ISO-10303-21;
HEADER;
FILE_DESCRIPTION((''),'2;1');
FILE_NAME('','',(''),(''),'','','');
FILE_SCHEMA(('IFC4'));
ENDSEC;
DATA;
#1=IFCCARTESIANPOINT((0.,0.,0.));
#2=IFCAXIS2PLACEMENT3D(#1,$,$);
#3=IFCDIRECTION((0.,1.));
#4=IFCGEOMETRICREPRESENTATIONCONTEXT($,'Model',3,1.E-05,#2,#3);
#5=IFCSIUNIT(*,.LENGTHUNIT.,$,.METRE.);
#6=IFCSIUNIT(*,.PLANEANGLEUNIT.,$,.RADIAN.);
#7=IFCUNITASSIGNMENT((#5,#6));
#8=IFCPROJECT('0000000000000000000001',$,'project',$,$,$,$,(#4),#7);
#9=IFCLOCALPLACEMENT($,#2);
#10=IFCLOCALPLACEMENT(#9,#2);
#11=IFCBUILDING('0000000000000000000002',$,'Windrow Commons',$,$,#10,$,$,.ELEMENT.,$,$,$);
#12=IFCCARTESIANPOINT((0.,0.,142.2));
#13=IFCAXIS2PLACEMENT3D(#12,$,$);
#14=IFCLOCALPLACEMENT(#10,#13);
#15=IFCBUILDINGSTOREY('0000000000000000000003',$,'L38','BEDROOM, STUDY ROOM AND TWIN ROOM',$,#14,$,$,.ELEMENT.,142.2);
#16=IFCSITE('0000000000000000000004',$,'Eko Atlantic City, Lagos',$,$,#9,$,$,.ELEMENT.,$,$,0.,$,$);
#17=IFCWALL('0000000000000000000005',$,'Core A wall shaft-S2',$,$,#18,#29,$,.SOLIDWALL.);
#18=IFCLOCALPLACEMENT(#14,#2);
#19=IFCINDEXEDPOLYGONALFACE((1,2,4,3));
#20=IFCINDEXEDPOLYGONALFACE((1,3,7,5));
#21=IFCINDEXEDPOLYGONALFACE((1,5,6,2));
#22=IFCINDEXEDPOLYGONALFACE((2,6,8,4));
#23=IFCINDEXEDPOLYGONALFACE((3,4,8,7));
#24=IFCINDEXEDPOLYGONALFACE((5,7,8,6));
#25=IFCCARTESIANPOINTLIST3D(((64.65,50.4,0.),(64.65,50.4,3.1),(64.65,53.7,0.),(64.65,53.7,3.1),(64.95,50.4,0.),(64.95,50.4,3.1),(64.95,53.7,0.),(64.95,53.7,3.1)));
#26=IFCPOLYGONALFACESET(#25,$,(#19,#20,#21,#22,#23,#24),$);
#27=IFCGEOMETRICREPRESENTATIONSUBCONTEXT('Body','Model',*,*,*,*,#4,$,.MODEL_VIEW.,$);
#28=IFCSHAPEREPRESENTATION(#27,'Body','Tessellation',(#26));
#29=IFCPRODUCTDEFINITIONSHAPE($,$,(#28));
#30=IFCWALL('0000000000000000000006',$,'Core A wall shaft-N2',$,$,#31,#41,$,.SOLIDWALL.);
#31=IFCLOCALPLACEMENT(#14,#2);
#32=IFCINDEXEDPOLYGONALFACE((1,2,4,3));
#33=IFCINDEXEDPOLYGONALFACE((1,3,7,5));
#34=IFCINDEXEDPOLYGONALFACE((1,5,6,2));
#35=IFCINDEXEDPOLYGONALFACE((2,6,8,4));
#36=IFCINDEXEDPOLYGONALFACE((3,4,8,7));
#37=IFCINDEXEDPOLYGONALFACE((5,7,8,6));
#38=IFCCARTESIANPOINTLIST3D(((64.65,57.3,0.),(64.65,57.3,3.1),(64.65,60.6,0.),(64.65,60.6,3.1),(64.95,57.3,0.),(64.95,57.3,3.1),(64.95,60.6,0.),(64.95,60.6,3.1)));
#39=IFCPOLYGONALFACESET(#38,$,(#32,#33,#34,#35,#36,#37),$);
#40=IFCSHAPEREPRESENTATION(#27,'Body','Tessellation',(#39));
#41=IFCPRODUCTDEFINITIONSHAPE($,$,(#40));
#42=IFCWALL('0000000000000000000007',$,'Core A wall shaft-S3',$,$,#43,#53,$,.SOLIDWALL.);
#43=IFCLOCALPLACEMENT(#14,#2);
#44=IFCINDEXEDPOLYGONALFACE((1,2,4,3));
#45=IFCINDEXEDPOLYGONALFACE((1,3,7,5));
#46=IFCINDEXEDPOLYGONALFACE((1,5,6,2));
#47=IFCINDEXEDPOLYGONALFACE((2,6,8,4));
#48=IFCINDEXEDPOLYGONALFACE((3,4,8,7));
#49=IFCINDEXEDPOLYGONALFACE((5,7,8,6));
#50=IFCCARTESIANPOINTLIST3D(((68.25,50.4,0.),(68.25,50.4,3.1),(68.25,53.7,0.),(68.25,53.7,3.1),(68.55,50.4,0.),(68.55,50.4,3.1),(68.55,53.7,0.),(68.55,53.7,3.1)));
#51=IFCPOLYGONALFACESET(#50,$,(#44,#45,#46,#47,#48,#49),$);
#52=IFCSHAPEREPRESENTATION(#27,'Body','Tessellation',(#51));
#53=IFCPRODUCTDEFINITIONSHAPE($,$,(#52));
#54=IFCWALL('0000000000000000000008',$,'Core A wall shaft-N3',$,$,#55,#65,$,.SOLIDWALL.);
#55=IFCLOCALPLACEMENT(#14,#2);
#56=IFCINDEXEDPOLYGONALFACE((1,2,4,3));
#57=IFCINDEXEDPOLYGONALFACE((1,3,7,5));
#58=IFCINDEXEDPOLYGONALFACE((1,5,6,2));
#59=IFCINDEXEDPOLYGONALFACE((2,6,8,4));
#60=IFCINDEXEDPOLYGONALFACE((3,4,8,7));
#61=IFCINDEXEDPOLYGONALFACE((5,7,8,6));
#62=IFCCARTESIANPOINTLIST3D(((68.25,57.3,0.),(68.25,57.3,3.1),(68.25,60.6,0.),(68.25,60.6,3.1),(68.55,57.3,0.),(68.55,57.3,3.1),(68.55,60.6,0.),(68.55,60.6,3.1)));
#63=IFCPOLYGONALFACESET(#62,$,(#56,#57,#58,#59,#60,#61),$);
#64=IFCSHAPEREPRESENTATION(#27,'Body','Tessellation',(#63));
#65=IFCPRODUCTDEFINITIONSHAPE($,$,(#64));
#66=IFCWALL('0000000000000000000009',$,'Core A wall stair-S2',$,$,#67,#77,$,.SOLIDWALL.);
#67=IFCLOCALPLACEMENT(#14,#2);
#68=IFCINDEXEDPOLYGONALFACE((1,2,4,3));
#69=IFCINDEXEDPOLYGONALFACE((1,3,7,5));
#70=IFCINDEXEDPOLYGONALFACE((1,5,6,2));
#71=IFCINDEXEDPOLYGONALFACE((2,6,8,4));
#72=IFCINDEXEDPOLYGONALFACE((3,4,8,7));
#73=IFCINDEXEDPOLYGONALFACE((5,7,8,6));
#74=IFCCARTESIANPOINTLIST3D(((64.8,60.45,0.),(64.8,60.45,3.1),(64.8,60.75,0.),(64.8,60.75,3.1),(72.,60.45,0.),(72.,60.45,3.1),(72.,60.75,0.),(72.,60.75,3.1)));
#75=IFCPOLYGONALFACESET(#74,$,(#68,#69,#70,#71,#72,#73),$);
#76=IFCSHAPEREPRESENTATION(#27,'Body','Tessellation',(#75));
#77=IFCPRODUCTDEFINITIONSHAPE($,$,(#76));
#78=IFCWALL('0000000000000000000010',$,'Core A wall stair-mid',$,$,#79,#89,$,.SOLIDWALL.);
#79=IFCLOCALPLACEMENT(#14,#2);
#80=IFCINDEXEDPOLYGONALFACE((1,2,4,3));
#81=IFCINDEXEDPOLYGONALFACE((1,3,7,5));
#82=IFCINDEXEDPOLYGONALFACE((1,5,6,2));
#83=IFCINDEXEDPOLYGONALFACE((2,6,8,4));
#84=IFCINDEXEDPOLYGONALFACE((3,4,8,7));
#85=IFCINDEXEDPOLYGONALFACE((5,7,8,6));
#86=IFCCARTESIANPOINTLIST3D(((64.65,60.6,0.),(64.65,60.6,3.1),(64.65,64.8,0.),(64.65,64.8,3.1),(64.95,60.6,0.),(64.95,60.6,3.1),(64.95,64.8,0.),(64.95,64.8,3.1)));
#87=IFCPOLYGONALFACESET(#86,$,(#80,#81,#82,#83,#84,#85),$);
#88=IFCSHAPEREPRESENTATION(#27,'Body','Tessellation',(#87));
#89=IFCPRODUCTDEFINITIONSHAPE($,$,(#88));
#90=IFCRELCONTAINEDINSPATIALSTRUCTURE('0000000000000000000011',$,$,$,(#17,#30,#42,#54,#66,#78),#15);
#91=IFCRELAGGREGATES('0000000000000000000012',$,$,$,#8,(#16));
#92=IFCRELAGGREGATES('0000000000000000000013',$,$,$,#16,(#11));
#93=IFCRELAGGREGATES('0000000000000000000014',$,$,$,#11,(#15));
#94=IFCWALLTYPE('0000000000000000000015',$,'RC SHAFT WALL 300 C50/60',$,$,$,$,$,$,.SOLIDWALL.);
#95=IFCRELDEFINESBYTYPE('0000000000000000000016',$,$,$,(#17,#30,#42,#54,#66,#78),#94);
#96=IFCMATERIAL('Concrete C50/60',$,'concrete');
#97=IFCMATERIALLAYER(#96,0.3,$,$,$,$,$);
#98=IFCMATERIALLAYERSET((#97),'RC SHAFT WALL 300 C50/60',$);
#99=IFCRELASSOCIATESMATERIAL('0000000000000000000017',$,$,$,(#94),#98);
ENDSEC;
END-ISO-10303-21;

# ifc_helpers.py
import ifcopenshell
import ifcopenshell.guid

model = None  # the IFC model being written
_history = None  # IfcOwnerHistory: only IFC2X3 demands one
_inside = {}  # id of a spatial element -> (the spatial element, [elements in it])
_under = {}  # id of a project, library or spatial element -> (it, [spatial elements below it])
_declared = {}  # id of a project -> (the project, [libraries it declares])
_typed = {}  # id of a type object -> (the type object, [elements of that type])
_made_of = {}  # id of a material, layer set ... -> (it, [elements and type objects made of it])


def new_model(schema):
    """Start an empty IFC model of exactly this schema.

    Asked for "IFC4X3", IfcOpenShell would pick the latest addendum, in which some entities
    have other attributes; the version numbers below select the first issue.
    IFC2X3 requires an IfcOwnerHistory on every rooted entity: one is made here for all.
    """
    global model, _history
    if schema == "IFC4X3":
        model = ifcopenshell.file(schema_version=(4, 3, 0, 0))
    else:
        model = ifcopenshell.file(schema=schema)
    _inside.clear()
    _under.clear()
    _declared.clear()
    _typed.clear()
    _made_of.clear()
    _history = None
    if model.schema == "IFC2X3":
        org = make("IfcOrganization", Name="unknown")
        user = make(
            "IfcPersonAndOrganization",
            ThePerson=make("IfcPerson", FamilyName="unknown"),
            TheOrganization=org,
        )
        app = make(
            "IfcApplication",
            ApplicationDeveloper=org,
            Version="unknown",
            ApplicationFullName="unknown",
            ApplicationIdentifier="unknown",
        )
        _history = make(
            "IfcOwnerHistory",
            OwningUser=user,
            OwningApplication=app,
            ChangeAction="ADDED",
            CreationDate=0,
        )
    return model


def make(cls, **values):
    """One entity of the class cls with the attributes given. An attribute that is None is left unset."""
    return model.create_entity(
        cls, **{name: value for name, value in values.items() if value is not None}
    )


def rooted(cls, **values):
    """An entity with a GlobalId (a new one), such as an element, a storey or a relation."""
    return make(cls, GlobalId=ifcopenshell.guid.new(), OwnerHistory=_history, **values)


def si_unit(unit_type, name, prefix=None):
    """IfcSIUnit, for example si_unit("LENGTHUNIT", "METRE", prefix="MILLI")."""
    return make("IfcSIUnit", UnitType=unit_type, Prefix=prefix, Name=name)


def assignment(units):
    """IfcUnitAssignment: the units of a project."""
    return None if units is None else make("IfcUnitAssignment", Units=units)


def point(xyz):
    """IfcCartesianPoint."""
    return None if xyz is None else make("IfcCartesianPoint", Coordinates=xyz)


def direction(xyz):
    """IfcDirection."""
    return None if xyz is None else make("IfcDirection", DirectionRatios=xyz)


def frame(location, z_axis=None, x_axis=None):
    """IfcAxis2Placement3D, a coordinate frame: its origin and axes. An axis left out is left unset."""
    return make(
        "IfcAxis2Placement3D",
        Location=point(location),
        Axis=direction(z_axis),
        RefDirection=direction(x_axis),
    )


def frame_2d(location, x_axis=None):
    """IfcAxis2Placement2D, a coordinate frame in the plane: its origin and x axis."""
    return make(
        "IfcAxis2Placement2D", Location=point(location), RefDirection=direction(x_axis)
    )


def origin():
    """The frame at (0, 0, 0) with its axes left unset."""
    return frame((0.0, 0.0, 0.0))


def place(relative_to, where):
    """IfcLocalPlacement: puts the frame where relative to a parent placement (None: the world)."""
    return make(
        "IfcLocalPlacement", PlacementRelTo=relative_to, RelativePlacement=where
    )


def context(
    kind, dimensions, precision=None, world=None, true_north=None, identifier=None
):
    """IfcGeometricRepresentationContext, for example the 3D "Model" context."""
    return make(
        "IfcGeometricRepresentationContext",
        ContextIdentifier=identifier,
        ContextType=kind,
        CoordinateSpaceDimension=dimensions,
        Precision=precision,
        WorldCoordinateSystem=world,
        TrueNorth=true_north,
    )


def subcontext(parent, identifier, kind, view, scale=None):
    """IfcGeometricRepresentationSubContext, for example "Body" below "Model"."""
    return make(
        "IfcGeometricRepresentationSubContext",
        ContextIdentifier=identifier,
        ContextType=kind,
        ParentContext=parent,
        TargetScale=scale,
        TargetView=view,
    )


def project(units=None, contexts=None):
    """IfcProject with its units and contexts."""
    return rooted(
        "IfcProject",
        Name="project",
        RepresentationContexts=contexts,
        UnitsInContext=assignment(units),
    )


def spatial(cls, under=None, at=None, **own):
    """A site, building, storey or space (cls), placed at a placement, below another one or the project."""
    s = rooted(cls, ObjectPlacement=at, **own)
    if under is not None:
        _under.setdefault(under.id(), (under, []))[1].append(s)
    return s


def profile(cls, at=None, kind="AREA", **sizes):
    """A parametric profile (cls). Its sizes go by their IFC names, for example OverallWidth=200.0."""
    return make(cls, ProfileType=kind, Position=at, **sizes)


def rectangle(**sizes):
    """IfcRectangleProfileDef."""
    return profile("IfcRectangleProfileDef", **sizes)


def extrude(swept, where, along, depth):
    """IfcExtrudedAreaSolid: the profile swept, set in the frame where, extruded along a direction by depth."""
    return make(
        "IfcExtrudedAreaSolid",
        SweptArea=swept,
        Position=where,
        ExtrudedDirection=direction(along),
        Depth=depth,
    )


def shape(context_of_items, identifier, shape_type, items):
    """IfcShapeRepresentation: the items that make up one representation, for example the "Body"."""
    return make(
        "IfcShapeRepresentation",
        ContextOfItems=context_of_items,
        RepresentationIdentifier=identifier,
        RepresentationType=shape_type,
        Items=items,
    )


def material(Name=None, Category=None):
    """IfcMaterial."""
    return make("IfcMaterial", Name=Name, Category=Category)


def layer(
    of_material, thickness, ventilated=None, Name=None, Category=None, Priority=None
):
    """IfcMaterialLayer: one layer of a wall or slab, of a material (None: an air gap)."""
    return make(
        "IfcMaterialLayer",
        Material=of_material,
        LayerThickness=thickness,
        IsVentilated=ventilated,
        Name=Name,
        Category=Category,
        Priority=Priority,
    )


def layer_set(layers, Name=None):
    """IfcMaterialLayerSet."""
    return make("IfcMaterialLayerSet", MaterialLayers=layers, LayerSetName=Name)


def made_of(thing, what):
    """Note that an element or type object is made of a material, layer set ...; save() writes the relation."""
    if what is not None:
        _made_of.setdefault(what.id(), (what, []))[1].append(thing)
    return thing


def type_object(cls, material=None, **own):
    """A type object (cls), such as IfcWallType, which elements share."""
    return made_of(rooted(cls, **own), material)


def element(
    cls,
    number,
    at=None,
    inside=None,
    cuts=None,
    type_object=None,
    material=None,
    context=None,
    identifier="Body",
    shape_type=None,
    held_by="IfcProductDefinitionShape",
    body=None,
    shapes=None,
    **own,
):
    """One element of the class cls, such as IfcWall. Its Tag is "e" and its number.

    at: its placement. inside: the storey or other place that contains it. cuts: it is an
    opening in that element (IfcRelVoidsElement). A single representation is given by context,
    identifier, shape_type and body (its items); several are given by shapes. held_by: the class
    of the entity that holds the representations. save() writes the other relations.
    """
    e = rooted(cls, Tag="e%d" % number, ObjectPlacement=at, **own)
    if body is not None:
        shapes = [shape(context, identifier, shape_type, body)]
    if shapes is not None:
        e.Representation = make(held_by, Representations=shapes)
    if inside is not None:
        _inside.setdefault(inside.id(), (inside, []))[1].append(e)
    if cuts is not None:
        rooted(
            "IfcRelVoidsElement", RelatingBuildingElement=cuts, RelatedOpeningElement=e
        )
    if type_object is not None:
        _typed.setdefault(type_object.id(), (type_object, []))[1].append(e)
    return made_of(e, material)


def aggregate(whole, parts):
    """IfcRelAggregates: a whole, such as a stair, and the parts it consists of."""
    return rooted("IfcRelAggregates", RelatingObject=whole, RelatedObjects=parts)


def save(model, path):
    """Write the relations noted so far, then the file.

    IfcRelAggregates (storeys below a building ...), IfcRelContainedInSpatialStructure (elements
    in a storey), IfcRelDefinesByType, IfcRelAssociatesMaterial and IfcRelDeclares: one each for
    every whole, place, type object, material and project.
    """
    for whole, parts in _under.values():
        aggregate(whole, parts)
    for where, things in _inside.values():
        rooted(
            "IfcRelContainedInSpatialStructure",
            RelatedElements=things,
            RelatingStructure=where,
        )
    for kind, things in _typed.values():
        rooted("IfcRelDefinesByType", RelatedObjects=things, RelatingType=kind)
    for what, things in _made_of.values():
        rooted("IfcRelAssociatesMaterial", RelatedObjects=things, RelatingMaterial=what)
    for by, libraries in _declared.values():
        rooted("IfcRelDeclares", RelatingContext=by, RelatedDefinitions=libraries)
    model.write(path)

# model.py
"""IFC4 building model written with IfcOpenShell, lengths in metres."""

from ifc_helpers import new_model, si_unit, direction, frame, frame_2d, origin, place, context, subcontext, project, spatial, rectangle, extrude, material, layer, layer_set, type_object, element, save


model = new_model("IFC4")

# Units and contexts
model_context = context("Model", 3, precision=1e-05, world=origin(), true_north=direction((0.0, 1.0)))
body_context = subcontext(model_context, "Body", "Model", "MODEL_VIEW")
ifc_project = project(units=[si_unit("LENGTHUNIT", "METRE"), si_unit("PLANEANGLEUNIT", "RADIAN")], contexts=[model_context])

# Site, building, storey
site_placement = place(None, origin())
site = spatial("IfcSite", under=ifc_project, at=site_placement, Name="Eko Atlantic City, Lagos", CompositionType="ELEMENT", RefElevation=0.0)
building_placement = place(site_placement, origin())
building = spatial("IfcBuilding", under=site, at=building_placement, Name="Windrow Commons", CompositionType="ELEMENT")
storey_placement = place(building_placement, frame((0.0, 0.0, 142.2)))
storey = spatial("IfcBuildingStorey", under=building, at=storey_placement, Name="L38", Description="BEDROOM, STUDY ROOM AND TWIN ROOM", CompositionType="ELEMENT", Elevation=142.2)

# Walls
ifc_material_1 = material(Name="Concrete C50/60", Category="concrete")
ifc_layer_1 = layer(ifc_material_1, 0.3)
ifc_layer_set_1 = layer_set([ifc_layer_1], Name="RC SHAFT WALL 300 C50/60")
wall_type_1 = type_object("IfcWallType", Name="RC SHAFT WALL 300 C50/60", PredefinedType="SOLIDWALL", material=ifc_layer_set_1)
for number, where, z_axis, x_axis, name in (
    (1, (64.8, 50.4, 0.0), (0.0, 0.0, 1.0), (0.0, 1.0, 0.0), "Core A wall shaft-S2"),
    (2, (64.8, 57.3, 0.0), (0.0, 0.0, 1.0), (0.0, 1.0, 0.0), "Core A wall shaft-N2"),
    (3, (68.4, 50.4, 0.0), (0.0, 0.0, 1.0), (0.0, 1.0, 0.0), "Core A wall shaft-S3"),
    (4, (68.4, 57.3, 0.0), (0.0, 0.0, 1.0), (0.0, 1.0, 0.0), "Core A wall shaft-N3"),
):
    element("IfcWall", number, at=place(storey_placement, frame(where, z_axis=z_axis, x_axis=x_axis)), inside=storey, type_object=wall_type_1, Name=name, PredefinedType="SOLIDWALL", context=body_context, shape_type="SweptSolid", body=[
        extrude(rectangle(XDim=3.3, YDim=0.3, at=frame_2d((1.65, 0.0))), origin(), (0.0, 0.0, 1.0), 3.1),
    ])
wall_1_placement = place(storey_placement, frame((64.8, 60.6, 0.0), z_axis=(0.0, 0.0, 1.0), x_axis=(1.0, 0.0, 0.0)))
element("IfcWall", 5, at=wall_1_placement, inside=storey, type_object=wall_type_1, Name="Core A wall stair-S2", PredefinedType="SOLIDWALL", context=body_context, shape_type="SweptSolid", body=[
    extrude(rectangle(XDim=7.2, YDim=0.3, at=frame_2d((3.6, 0.0))), origin(), (0.0, 0.0, 1.0), 3.1),
])
wall_2_placement = place(storey_placement, frame((64.8, 60.6, 0.0), z_axis=(0.0, 0.0, 1.0), x_axis=(0.0, 1.0, 0.0)))
element("IfcWall", 6, at=wall_2_placement, inside=storey, type_object=wall_type_1, Name="Core A wall stair-mid", PredefinedType="SOLIDWALL", context=body_context, shape_type="SweptSolid", body=[
    extrude(rectangle(XDim=4.2, YDim=0.3, at=frame_2d((2.1, 0.0))), origin(), (0.0, 0.0, 1.0), 3.1),
])

save(model, "model.ifc")
